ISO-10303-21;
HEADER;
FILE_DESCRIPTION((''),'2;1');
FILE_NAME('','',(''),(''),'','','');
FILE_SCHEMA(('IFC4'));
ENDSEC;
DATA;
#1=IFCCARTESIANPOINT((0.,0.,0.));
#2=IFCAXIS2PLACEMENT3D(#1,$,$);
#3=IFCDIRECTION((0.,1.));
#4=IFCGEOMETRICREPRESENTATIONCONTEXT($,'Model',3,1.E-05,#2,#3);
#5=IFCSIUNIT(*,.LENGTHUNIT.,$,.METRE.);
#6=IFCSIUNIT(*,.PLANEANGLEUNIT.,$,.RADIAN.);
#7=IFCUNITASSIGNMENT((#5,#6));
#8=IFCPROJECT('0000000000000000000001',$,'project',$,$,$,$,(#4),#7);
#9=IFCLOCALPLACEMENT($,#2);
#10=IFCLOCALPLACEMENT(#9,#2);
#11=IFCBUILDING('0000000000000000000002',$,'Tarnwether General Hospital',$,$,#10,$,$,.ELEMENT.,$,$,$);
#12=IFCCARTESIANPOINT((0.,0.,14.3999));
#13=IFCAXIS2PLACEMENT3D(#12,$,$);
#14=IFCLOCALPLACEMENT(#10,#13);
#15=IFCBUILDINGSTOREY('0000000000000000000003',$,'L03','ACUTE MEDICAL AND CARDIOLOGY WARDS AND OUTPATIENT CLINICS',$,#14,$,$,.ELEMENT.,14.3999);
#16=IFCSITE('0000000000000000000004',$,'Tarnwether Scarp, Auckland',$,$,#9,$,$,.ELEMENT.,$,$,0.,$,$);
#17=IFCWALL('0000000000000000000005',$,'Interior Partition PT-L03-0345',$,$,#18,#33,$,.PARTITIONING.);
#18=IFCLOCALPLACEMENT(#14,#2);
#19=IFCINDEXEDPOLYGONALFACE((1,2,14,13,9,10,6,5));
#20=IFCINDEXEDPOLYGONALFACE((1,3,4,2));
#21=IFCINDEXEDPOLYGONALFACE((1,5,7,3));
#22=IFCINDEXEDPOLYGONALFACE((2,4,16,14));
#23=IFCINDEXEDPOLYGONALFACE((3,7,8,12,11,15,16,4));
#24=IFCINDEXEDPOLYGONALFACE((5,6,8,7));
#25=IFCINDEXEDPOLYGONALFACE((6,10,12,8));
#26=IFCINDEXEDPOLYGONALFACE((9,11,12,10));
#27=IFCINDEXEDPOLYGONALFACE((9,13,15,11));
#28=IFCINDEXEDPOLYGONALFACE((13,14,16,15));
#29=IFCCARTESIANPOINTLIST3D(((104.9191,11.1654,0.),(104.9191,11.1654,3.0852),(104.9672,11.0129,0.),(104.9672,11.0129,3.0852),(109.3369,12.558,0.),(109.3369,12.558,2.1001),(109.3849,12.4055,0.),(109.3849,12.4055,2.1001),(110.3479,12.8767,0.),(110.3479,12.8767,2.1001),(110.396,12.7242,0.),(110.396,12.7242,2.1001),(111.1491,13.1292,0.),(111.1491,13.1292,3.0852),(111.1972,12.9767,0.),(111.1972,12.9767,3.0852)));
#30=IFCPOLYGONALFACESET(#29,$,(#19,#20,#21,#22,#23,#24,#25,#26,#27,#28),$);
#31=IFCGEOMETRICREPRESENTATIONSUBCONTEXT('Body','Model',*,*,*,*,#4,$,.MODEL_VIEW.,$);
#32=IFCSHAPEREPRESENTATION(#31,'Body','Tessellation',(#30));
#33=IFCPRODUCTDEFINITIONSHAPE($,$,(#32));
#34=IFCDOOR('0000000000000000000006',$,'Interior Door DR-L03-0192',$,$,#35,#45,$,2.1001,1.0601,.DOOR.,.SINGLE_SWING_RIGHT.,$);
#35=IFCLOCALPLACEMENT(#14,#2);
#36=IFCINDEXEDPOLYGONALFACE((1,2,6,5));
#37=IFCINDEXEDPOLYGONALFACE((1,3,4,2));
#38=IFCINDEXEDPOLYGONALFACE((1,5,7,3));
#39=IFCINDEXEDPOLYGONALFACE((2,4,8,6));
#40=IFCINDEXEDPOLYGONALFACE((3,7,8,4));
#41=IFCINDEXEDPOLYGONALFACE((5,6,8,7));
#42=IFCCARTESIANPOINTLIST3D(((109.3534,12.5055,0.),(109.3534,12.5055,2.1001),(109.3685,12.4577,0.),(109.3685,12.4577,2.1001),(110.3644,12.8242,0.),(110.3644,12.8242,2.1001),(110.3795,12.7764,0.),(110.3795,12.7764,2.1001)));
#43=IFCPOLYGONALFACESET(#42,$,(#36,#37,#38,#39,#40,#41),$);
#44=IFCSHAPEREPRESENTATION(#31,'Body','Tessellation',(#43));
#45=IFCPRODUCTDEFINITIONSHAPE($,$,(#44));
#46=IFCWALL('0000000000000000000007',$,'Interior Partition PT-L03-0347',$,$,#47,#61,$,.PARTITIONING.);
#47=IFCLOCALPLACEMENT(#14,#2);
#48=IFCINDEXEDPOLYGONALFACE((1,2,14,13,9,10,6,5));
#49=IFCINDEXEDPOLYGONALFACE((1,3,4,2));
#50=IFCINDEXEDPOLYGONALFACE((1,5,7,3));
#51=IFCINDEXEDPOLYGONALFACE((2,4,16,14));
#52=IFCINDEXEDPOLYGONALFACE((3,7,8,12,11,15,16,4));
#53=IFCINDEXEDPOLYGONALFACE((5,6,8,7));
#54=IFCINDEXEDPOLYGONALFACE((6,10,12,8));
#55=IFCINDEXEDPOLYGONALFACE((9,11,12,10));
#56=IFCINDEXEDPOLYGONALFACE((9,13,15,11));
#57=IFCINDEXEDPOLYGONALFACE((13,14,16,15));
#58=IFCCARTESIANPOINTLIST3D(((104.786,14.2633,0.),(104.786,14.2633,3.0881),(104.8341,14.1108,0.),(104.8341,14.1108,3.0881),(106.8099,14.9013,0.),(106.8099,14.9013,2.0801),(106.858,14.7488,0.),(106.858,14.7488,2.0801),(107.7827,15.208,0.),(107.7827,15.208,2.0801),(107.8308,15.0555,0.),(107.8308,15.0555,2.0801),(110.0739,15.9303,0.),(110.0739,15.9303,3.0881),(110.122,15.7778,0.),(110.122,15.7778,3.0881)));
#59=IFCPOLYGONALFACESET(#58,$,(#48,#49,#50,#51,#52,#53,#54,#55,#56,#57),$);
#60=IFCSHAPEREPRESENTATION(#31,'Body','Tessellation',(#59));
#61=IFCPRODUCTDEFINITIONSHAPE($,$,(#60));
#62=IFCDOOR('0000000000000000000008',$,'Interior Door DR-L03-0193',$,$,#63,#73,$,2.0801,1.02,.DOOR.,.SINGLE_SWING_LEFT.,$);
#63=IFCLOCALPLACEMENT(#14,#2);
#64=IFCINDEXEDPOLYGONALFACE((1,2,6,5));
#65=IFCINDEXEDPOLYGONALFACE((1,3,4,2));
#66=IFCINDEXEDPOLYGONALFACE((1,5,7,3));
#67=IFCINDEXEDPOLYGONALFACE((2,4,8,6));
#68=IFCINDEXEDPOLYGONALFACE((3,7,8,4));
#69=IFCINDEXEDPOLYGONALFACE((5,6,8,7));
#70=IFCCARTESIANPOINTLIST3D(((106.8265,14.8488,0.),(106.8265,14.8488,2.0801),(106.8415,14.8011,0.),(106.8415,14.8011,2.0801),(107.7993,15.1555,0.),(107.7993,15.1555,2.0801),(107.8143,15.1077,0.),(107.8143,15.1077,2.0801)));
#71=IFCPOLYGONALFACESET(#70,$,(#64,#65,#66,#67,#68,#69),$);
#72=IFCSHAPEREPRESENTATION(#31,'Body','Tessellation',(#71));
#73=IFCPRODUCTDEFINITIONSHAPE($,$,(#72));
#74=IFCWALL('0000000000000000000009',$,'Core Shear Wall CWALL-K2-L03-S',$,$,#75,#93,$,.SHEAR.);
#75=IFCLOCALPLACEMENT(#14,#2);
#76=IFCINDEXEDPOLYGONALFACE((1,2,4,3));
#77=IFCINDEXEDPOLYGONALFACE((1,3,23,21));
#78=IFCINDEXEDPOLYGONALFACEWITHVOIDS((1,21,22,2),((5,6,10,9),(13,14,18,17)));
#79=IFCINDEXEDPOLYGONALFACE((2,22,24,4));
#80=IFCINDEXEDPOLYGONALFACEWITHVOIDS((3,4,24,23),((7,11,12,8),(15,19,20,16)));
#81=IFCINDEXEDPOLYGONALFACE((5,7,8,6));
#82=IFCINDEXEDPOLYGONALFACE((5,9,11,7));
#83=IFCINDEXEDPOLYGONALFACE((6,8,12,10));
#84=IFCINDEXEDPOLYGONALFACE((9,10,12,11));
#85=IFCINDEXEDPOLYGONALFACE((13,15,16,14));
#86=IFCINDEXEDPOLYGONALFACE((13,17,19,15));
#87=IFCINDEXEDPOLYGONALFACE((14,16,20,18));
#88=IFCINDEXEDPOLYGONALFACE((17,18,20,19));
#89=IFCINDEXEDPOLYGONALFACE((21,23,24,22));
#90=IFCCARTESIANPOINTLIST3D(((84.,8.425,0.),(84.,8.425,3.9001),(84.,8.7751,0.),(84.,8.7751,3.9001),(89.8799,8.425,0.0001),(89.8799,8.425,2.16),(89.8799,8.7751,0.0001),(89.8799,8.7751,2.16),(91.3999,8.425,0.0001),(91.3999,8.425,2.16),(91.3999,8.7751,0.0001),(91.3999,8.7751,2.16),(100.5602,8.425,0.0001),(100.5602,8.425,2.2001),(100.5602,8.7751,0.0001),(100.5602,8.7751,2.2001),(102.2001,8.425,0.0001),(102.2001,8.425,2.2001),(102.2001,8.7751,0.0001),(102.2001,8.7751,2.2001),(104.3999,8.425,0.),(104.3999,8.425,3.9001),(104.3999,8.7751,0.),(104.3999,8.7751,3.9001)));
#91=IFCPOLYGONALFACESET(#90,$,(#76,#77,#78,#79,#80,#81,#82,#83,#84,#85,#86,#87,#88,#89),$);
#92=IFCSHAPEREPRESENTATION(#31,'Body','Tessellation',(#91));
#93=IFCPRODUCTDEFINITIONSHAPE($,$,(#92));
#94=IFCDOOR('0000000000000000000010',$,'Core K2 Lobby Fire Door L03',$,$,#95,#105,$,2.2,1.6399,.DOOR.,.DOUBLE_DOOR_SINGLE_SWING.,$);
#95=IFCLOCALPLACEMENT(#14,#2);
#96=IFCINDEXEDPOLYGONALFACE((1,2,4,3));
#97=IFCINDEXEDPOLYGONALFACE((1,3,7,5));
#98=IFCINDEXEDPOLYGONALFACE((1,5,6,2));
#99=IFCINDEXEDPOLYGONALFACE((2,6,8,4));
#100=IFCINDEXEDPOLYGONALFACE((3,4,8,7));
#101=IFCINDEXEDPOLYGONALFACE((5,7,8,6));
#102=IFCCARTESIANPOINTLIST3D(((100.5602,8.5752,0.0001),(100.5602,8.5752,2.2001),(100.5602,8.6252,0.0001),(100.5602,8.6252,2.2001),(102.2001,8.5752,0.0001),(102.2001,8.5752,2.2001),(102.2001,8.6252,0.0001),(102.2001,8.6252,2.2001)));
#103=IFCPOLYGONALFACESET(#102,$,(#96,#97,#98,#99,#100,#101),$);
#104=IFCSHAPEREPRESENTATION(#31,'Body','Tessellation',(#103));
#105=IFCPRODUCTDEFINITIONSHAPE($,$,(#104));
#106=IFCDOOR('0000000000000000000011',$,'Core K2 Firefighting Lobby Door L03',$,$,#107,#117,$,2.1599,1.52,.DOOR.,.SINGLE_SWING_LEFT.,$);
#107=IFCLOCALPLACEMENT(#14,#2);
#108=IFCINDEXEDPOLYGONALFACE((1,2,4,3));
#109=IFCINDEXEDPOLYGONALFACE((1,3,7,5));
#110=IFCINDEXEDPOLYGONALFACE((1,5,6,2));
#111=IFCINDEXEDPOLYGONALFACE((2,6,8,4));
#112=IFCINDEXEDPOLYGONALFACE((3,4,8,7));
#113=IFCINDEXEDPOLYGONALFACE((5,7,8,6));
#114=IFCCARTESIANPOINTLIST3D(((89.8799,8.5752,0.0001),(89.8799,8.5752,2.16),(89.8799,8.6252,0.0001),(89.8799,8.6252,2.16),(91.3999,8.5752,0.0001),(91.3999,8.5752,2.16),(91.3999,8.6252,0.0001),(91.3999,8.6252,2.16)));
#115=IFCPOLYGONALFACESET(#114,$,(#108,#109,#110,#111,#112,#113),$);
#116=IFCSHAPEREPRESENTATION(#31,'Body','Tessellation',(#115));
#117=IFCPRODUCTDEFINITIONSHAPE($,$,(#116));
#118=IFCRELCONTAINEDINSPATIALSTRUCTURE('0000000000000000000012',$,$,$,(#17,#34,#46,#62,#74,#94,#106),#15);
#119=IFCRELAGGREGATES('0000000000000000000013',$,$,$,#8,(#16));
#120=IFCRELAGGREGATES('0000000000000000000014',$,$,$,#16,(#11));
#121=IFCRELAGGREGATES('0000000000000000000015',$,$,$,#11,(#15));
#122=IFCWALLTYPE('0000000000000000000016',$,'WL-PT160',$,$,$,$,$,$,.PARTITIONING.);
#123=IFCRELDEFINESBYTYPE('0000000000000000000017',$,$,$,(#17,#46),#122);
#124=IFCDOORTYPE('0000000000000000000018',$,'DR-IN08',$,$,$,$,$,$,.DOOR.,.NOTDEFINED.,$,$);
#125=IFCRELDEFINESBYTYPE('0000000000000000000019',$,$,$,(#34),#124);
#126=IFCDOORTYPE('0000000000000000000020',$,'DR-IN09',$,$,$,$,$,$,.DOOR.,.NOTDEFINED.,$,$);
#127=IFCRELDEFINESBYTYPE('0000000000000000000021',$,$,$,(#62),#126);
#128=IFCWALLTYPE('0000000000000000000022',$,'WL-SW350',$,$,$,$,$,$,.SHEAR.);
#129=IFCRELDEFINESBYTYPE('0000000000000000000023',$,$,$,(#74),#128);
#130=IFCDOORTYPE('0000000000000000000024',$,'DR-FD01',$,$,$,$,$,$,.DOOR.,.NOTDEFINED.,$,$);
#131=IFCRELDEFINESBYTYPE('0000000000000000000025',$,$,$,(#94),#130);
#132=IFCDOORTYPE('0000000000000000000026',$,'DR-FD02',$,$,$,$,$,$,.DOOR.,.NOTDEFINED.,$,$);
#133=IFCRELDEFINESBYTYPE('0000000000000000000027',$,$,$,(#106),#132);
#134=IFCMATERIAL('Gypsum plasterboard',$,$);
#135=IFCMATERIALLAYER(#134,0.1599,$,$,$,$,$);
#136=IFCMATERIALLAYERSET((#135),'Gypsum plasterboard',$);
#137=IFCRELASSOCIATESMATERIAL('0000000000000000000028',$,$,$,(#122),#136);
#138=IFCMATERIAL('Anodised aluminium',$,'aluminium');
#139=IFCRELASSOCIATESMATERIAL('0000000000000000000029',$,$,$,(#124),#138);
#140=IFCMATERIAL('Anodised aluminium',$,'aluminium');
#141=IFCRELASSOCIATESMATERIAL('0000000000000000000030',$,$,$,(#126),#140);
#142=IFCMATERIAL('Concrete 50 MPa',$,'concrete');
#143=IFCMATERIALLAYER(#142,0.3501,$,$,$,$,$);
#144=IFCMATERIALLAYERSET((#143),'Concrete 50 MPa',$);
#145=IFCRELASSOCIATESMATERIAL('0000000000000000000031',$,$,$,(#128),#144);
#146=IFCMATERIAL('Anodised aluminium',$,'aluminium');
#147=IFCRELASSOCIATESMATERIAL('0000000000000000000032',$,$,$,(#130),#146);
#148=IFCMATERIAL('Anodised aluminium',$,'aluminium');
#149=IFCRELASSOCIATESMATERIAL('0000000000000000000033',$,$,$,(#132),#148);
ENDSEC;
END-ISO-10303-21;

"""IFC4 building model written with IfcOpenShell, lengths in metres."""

from ifc_helpers import new_model, si_unit, direction, frame, frame_2d, origin, place, context, subcontext, project, spatial, rectangle, extrude, material, layer, layer_set, type_object, element, fill, save


model = new_model("IFC4")

# Units and contexts
model_context = context("Model", 3, precision=1e-05, world=origin(), true_north=direction((0.0, 1.0)))
body_context = subcontext(model_context, "Body", "Model", "MODEL_VIEW")
ifc_project = project(units=[si_unit("LENGTHUNIT", "METRE"), si_unit("PLANEANGLEUNIT", "RADIAN")], contexts=[model_context])

# Site, building, storey
site_placement = place(None, origin())
site = spatial("IfcSite", under=ifc_project, at=site_placement, Name="Tarnwether Scarp, Auckland", CompositionType="ELEMENT", RefElevation=0.0)
building_placement = place(site_placement, origin())
building = spatial("IfcBuilding", under=site, at=building_placement, Name="Tarnwether General Hospital", CompositionType="ELEMENT")
storey_placement = place(building_placement, frame((0.0, 0.0, 14.3999)))
storey = spatial("IfcBuildingStorey", under=building, at=storey_placement, Name="L03", Description="ACUTE MEDICAL AND CARDIOLOGY WARDS AND OUTPATIENT CLINICS", CompositionType="ELEMENT", Elevation=14.3999)

# Shared definitions
ifc_material_1 = material(Name="Gypsum plasterboard")
ifc_layer_1 = layer(ifc_material_1, 0.1599)
ifc_layer_set_1 = layer_set([ifc_layer_1], Name="Gypsum plasterboard")
wall_type_1 = type_object("IfcWallType", Name="WL-PT160", PredefinedType="PARTITIONING", material=ifc_layer_set_1)

# Walls, openings, doors
wall_1_placement = place(storey_placement, frame((104.9431, 11.0891, 0.0), z_axis=(0.0, 0.0, 1.0), x_axis=(0.953736, 0.300645, 0.0)))
wall_1 = element("IfcWall", 1, at=wall_1_placement, inside=storey, type_object=wall_type_1, Name="Interior Partition PT-L03-0345", PredefinedType="PARTITIONING", context=body_context, shape_type="SweptSolid", body=[
    extrude(rectangle(XDim=6.5322, YDim=0.1599, at=frame_2d((3.2661, 0.0))), origin(), (0.0, 0.0, 1.0), 3.0852),
])
opening_1_placement = place(wall_1_placement, frame((4.6321, 0.0, 0.0)))
opening_1 = element("IfcOpeningElement", 2, at=opening_1_placement, cuts=wall_1, PredefinedType="OPENING", context=body_context, shape_type="SweptSolid", body=[
    extrude(rectangle(XDim=1.0601, YDim=2.1001, at=frame_2d((0.53, 1.05))), frame((0.0, 0.0898, 0.0), z_axis=(0.0, -1.0, 0.0), x_axis=(1.0, 0.0, 0.0)), (0.0, 0.0, 1.0), 0.1799),
])
ifc_material_2 = material(Name="Anodised aluminium", Category="aluminium")
door_type_1 = type_object("IfcDoorType", Name="DR-IN08", OperationType="NOTDEFINED", PredefinedType="DOOR", material=ifc_material_2)
door_1_placement = place(opening_1_placement, origin())
door_1 = element("IfcDoor", 3, at=door_1_placement, inside=storey, type_object=door_type_1, Name="Interior Door DR-L03-0192", OperationType="SINGLE_SWING_RIGHT", OverallHeight=2.1001, OverallWidth=1.0601, PredefinedType="DOOR", context=body_context, shape_type="SweptSolid", body=[
    extrude(rectangle(XDim=1.0601, YDim=2.1001, at=frame_2d((0.53, 1.05))), frame((0.0, 0.0249, 0.0), z_axis=(0.0, -1.0, 0.0), x_axis=(1.0, 0.0, 0.0)), (0.0, 0.0, 1.0), 0.05),
])
fill(opening_1, door_1)
wall_2_placement = place(storey_placement, frame((104.8101, 14.187, 0.0), z_axis=(0.0, 0.0, 1.0), x_axis=(0.95373, 0.300663, 0.0)))
wall_2 = element("IfcWall", 4, at=wall_2_placement, inside=storey, type_object=wall_type_1, Name="Interior Partition PT-L03-0347", PredefinedType="PARTITIONING", context=body_context, shape_type="SweptSolid", body=[
    extrude(rectangle(XDim=5.5444, YDim=0.1599, at=frame_2d((2.7722, 0.0))), origin(), (0.0, 0.0, 1.0), 3.0881),
])
opening_2_placement = place(wall_2_placement, frame((2.1221, 0.0, 0.0)))
opening_2 = element("IfcOpeningElement", 5, at=opening_2_placement, cuts=wall_2, PredefinedType="OPENING", context=body_context, shape_type="SweptSolid", body=[
    extrude(rectangle(XDim=1.02, YDim=2.0801, at=frame_2d((0.51, 1.04))), frame((0.0, 0.0898, 0.0), z_axis=(0.0, -1.0, 0.0), x_axis=(1.0, 0.0, 0.0)), (0.0, 0.0, 1.0), 0.1799),
])
ifc_material_3 = material(Name="Anodised aluminium", Category="aluminium")
door_type_2 = type_object("IfcDoorType", Name="DR-IN09", OperationType="NOTDEFINED", PredefinedType="DOOR", material=ifc_material_3)
door_2_placement = place(opening_2_placement, origin())
door_2 = element("IfcDoor", 6, at=door_2_placement, inside=storey, type_object=door_type_2, Name="Interior Door DR-L03-0193", OperationType="SINGLE_SWING_LEFT", OverallHeight=2.0801, OverallWidth=1.02, PredefinedType="DOOR", context=body_context, shape_type="SweptSolid", body=[
    extrude(rectangle(XDim=1.02, YDim=2.0801, at=frame_2d((0.51, 1.04))), frame((0.0, 0.0249, 0.0), z_axis=(0.0, -1.0, 0.0), x_axis=(1.0, 0.0, 0.0)), (0.0, 0.0, 1.0), 0.05),
])
fill(opening_2, door_2)

# Wall, openings, doors
ifc_material_4 = material(Name="Concrete 50 MPa", Category="concrete")
ifc_layer_2 = layer(ifc_material_4, 0.3501)
ifc_layer_set_2 = layer_set([ifc_layer_2], Name="Concrete 50 MPa")
wall_type_2 = type_object("IfcWallType", Name="WL-SW350", PredefinedType="SHEAR", material=ifc_layer_set_2)
wall_3_placement = place(storey_placement, frame((104.3999, 8.6001, 0.0), z_axis=(0.0, 0.0, 1.0), x_axis=(-1.0, 0.0, 0.0)))
wall_3 = element("IfcWall", 7, at=wall_3_placement, inside=storey, type_object=wall_type_2, Name="Core Shear Wall CWALL-K2-L03-S", PredefinedType="SHEAR", context=body_context, shape_type="SweptSolid", body=[
    extrude(rectangle(XDim=20.3999, YDim=0.3501, at=frame_2d((10.2, 0.0))), origin(), (0.0, 0.0, 1.0), 3.9001),
])
opening_3_placement = place(wall_3_placement, frame((2.2, 0.0, 0.0)))
opening_3 = element("IfcOpeningElement", 8, at=opening_3_placement, cuts=wall_3, PredefinedType="OPENING", context=body_context, shape_type="SweptSolid", body=[
    extrude(rectangle(XDim=1.6399, YDim=2.2, at=frame_2d((0.8198, 1.1001))), frame((0.0, 0.1851, 0.0), z_axis=(0.0, -1.0, 0.0), x_axis=(1.0, 0.0, 0.0)), (0.0, 0.0, 1.0), 0.3701),
])
opening_4_placement = place(wall_3_placement, frame((13.0, 0.0, 0.0)))
opening_4 = element("IfcOpeningElement", 9, at=opening_4_placement, cuts=wall_3, PredefinedType="OPENING", context=body_context, shape_type="SweptSolid", body=[
    extrude(rectangle(XDim=1.52, YDim=2.1599, at=frame_2d((0.76, 1.0801))), frame((0.0, 0.1851, 0.0), z_axis=(0.0, -1.0, 0.0), x_axis=(1.0, 0.0, 0.0)), (0.0, 0.0, 1.0), 0.3701),
])
ifc_material_5 = material(Name="Anodised aluminium", Category="aluminium")
door_type_3 = type_object("IfcDoorType", Name="DR-FD01", OperationType="NOTDEFINED", PredefinedType="DOOR", material=ifc_material_5)
door_3_placement = place(opening_3_placement, origin())
door_3 = element("IfcDoor", 10, at=door_3_placement, inside=storey, type_object=door_type_3, Name="Core K2 Lobby Fire Door L03", OperationType="DOUBLE_DOOR_SINGLE_SWING", OverallHeight=2.2, OverallWidth=1.6399, PredefinedType="DOOR", context=body_context, shape_type="SweptSolid", body=[
    extrude(rectangle(XDim=1.6399, YDim=2.2, at=frame_2d((0.8198, 1.1001))), frame((0.0, 0.0249, 0.0), z_axis=(0.0, -1.0, 0.0), x_axis=(1.0, 0.0, 0.0)), (0.0, 0.0, 1.0), 0.05),
])
fill(opening_3, door_3)
ifc_material_6 = material(Name="Anodised aluminium", Category="aluminium")
door_type_4 = type_object("IfcDoorType", Name="DR-FD02", OperationType="NOTDEFINED", PredefinedType="DOOR", material=ifc_material_6)
door_4_placement = place(opening_4_placement, origin())
door_4 = element("IfcDoor", 11, at=door_4_placement, inside=storey, type_object=door_type_4, Name="Core K2 Firefighting Lobby Door L03", OperationType="SINGLE_SWING_LEFT", OverallHeight=2.1599, OverallWidth=1.52, PredefinedType="DOOR", context=body_context, shape_type="SweptSolid", body=[
    extrude(rectangle(XDim=1.52, YDim=2.1599, at=frame_2d((0.76, 1.0801))), frame((0.0, 0.0249, 0.0), z_axis=(0.0, -1.0, 0.0), x_axis=(1.0, 0.0, 0.0)), (0.0, 0.0, 1.0), 0.05),
])
fill(opening_4, door_4)

save(model, "model.ifc")
